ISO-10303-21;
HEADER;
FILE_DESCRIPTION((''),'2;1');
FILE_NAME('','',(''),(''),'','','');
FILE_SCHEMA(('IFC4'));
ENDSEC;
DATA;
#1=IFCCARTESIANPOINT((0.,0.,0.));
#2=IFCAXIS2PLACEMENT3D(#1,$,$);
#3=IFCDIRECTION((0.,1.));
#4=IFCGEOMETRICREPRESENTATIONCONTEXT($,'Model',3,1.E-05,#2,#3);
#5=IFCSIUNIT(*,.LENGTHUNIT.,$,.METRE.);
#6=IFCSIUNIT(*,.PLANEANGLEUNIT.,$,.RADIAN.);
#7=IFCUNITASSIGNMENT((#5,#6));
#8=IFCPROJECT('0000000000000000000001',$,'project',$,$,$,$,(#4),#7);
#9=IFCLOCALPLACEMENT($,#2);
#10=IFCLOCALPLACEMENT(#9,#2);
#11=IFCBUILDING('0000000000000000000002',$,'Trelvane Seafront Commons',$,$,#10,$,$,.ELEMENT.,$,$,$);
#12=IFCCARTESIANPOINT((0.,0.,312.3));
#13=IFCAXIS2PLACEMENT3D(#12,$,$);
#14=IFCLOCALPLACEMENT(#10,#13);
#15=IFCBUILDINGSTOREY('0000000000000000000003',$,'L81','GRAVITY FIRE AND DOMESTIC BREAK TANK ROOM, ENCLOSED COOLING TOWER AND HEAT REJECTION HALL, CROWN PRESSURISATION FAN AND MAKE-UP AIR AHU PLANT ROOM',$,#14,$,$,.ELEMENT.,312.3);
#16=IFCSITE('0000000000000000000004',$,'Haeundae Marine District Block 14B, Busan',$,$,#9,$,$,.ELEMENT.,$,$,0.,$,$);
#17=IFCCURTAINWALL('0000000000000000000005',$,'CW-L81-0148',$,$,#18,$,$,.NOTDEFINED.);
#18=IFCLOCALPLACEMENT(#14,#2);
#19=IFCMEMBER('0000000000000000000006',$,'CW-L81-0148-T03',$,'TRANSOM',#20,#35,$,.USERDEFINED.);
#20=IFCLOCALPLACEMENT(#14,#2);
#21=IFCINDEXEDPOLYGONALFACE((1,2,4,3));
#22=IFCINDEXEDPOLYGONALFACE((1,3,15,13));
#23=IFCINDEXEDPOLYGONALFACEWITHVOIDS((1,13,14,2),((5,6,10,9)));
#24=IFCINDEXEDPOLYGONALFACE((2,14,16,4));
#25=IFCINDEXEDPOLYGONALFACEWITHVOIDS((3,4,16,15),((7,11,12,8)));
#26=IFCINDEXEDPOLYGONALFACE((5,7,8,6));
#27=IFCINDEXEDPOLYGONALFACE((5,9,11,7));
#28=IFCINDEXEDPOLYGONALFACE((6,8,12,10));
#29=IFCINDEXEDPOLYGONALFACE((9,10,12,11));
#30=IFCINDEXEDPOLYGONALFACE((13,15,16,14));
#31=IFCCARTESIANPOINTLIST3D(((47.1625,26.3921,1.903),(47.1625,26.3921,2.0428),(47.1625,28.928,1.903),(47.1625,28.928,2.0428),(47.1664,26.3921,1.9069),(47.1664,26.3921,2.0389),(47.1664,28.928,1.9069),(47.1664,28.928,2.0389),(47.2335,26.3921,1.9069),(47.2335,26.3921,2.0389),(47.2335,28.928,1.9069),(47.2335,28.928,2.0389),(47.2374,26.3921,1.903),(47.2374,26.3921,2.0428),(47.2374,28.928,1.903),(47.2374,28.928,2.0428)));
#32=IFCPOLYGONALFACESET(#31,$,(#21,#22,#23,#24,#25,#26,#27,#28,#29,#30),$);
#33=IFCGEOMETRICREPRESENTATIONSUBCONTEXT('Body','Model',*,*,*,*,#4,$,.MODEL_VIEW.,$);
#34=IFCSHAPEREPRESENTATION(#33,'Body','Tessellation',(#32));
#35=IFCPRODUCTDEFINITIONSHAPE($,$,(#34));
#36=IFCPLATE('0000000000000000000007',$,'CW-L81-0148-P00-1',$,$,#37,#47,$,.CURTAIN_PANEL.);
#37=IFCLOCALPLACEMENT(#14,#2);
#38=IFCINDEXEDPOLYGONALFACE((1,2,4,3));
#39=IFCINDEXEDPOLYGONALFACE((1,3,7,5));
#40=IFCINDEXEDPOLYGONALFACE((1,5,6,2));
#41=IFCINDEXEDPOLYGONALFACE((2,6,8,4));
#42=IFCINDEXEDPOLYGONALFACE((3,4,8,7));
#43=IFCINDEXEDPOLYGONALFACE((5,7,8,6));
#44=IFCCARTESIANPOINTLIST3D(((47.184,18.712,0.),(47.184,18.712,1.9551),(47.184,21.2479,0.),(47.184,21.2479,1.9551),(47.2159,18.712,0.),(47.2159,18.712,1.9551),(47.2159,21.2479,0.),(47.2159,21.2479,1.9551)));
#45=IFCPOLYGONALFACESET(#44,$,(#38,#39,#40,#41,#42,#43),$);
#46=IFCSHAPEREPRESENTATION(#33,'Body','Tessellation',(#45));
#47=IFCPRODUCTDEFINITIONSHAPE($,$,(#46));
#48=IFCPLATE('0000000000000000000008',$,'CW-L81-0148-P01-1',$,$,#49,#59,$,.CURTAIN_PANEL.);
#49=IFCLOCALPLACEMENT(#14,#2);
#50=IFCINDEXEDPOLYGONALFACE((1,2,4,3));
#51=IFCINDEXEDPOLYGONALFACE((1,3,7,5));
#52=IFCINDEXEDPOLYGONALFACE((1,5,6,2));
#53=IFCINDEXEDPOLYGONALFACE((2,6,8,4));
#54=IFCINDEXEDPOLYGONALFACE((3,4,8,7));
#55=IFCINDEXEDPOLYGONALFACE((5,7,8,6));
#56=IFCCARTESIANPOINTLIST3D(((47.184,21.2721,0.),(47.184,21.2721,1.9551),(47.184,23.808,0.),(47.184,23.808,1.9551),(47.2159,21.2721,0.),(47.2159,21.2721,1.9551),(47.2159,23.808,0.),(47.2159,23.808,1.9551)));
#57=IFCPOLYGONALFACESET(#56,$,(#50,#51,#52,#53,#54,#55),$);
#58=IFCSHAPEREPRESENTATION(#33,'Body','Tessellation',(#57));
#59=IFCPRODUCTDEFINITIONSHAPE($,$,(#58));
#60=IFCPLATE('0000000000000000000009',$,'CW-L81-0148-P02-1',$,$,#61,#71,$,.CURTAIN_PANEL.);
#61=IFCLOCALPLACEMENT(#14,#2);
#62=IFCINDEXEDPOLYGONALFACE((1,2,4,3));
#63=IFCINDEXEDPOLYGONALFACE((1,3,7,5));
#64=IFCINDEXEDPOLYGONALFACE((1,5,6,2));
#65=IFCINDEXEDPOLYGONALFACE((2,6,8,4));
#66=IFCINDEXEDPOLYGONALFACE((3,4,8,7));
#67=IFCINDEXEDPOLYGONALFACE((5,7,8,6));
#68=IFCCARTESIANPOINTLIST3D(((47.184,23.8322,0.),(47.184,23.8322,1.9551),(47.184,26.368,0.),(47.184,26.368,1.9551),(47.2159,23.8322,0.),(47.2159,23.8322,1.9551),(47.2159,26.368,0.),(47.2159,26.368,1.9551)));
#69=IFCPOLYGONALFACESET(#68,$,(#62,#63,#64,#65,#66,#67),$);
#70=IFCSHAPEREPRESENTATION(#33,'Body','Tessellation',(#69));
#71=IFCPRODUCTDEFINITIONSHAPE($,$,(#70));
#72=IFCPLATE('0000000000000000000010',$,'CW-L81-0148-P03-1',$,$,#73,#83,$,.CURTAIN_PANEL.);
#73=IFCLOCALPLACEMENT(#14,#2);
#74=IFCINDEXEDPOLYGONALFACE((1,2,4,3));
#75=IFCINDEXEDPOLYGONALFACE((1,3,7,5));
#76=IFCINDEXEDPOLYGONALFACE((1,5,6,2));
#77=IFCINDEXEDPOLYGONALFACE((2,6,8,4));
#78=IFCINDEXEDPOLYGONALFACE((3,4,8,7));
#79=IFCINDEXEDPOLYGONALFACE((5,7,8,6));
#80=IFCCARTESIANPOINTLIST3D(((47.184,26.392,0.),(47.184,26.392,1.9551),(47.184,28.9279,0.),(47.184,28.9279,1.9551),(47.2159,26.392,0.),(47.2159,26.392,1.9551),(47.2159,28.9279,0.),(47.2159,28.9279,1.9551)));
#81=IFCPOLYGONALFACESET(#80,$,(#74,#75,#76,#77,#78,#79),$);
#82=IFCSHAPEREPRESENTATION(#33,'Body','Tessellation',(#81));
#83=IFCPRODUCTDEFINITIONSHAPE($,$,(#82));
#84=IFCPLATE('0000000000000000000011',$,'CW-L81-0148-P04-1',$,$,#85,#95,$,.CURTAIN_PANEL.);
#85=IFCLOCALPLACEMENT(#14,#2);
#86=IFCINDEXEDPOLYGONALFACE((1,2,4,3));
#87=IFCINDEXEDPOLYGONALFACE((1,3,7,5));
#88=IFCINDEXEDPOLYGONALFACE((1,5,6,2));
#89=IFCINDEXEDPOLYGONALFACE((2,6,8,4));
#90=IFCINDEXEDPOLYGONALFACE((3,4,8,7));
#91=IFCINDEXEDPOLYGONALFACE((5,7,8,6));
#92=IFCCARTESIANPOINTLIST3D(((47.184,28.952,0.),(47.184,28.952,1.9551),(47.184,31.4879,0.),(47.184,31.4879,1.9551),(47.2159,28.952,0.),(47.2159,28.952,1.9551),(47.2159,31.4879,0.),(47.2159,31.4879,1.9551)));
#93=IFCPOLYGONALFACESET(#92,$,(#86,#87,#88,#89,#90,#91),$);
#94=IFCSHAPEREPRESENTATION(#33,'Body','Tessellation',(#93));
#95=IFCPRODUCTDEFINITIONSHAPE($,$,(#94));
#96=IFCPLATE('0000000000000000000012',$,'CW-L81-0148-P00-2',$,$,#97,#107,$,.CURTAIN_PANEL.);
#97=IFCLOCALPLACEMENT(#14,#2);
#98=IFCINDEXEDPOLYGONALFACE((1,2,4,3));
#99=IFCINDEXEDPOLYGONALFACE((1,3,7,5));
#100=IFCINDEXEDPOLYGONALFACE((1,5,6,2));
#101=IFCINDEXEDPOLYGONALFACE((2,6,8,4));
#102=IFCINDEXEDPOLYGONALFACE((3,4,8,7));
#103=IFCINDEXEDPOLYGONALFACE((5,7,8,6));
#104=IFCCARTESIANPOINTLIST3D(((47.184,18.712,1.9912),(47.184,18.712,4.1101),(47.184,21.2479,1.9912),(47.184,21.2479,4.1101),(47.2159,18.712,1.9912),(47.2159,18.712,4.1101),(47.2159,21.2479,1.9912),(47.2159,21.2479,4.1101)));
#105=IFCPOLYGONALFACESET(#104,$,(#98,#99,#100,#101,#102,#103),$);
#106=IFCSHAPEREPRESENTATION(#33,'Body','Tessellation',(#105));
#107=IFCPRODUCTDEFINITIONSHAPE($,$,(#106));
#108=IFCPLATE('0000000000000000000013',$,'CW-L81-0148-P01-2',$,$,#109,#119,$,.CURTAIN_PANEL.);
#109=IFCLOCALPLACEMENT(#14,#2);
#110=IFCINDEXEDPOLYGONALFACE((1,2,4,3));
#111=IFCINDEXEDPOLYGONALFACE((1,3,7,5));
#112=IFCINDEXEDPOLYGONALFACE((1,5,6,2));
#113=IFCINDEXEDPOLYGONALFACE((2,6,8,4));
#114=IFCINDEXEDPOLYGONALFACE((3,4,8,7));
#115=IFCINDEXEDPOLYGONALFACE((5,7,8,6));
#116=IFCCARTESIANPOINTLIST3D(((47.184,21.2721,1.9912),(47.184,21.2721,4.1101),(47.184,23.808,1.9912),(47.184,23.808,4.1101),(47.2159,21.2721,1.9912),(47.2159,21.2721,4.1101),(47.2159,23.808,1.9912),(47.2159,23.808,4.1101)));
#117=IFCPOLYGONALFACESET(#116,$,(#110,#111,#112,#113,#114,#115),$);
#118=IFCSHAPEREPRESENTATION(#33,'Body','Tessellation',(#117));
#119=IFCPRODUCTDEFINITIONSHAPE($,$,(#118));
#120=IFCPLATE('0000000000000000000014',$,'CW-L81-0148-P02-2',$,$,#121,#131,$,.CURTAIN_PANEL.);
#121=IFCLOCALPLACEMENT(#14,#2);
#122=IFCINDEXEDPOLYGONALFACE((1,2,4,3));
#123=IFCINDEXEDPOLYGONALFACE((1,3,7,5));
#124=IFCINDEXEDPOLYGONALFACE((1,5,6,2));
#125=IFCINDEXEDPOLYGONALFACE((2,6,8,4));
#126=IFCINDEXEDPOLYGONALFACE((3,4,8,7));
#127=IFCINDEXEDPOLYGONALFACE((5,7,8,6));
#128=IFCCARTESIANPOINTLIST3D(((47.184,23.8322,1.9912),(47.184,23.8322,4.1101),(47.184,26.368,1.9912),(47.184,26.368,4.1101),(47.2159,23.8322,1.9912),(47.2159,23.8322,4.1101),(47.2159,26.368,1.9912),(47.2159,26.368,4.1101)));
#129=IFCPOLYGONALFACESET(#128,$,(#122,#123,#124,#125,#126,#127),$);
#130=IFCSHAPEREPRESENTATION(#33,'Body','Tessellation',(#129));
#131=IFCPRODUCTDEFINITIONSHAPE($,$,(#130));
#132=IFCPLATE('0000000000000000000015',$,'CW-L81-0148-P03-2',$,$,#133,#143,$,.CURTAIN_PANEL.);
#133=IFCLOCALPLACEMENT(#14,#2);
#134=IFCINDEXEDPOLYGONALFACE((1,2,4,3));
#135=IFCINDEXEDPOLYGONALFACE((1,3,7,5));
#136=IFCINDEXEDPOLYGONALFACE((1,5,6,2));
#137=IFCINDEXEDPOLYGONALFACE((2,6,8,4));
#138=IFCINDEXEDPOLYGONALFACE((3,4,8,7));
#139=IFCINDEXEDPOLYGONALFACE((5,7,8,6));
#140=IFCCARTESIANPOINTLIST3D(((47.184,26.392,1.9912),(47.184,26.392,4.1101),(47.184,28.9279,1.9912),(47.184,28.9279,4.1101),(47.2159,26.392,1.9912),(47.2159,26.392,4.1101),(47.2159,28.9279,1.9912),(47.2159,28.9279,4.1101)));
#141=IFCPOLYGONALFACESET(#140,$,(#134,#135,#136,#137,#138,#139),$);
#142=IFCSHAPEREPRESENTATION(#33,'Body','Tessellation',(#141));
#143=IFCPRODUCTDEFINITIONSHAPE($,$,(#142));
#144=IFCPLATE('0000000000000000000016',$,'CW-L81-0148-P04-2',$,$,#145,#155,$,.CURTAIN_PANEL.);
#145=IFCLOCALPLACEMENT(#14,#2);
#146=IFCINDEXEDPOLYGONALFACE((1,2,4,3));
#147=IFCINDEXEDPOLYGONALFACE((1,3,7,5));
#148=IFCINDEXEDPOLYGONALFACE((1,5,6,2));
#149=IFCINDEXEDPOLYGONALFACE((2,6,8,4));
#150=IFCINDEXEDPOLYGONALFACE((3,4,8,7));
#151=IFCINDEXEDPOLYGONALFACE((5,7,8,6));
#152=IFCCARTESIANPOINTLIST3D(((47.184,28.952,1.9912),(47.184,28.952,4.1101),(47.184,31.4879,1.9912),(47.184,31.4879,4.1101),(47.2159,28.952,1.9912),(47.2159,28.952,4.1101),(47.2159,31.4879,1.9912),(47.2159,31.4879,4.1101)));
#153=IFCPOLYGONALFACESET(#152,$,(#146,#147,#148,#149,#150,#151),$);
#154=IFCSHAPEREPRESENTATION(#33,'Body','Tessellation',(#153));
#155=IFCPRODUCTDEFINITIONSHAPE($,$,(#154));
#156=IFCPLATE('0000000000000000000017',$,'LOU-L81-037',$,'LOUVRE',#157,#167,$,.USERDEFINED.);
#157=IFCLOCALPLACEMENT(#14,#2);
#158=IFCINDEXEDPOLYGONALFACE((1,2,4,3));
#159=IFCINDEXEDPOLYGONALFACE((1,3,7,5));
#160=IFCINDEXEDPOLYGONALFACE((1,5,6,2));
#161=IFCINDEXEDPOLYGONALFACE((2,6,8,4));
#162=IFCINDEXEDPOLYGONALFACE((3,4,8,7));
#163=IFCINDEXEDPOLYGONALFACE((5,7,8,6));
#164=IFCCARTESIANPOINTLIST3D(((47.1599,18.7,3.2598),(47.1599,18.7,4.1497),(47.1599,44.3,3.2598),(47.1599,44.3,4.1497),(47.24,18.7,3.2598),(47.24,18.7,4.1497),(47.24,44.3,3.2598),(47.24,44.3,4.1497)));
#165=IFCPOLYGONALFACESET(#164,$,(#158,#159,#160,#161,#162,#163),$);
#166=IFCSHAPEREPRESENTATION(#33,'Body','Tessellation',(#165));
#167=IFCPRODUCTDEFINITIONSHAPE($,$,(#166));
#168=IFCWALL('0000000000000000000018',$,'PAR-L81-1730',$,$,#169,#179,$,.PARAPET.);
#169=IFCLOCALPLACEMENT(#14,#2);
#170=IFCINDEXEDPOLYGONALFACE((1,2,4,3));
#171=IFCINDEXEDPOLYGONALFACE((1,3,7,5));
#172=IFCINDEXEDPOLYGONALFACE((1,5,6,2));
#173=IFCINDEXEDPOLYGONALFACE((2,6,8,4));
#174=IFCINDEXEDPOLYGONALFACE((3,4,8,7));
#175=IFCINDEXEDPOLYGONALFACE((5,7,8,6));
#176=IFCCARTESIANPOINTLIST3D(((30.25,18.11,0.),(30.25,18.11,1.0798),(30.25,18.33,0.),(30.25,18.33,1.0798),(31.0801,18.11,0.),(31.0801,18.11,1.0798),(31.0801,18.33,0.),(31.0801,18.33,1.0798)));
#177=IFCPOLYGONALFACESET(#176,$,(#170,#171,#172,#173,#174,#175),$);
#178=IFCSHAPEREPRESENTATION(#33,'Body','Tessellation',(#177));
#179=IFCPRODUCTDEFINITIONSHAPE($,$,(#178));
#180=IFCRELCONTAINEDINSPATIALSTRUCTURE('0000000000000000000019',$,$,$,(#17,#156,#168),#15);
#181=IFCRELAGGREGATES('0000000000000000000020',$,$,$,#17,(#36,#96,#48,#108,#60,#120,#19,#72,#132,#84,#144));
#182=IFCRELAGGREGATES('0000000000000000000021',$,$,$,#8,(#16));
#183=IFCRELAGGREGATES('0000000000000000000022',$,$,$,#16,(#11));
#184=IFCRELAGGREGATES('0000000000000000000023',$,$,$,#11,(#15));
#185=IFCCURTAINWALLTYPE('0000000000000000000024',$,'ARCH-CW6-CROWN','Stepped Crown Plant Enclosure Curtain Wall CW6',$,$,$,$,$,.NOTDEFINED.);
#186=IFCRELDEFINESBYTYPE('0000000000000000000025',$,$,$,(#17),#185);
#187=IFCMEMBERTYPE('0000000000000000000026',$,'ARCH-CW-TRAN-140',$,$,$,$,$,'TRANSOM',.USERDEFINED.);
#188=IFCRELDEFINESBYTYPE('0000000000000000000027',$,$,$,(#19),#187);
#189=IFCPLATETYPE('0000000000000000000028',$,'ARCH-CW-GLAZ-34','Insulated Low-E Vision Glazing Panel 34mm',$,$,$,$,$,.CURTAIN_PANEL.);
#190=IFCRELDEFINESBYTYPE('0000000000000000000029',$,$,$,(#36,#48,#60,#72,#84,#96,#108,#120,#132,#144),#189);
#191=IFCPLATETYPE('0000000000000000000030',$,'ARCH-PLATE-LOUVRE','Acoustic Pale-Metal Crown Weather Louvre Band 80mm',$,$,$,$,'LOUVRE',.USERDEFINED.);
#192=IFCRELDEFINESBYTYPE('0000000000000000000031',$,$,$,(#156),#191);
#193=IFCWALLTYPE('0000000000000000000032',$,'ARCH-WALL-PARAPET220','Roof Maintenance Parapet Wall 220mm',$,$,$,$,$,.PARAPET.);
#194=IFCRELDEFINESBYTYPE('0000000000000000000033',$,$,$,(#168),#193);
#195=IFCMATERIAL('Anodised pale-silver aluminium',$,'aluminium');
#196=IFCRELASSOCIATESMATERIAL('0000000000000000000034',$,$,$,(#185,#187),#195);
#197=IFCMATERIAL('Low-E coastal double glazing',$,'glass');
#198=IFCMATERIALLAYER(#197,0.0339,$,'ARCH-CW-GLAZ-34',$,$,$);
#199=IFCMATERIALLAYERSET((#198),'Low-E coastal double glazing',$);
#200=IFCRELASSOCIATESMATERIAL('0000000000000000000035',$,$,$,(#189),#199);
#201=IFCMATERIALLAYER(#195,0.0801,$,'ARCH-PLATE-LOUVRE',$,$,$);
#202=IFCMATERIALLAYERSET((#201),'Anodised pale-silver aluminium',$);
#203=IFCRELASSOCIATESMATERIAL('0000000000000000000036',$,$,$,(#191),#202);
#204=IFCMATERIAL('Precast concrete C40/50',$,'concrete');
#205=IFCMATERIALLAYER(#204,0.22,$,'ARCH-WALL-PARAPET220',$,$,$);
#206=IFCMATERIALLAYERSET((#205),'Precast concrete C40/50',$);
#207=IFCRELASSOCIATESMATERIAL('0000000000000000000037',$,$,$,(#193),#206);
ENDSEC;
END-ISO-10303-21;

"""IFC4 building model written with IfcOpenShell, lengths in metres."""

from ifc_helpers import new_model, si_unit, direction, frame, frame_2d, origin, origin_2d, place, context, subcontext, project, spatial, rectangle, hollow_rectangle, extrude, source, transform, mapped, material, layer, layer_set, material_profile, profile_set, type_object, element, aggregate, save


model = new_model("IFC4")

# Units and contexts
model_context = context("Model", 3, precision=1e-05, world=origin(), true_north=direction((0.0, 1.0)))
body_context = subcontext(model_context, "Body", "Model", "MODEL_VIEW")
ifc_project = project(units=[si_unit("LENGTHUNIT", "METRE"), si_unit("PLANEANGLEUNIT", "RADIAN")], contexts=[model_context])

# Site, building, storey
site_placement = place(None, origin())
site = spatial("IfcSite", under=ifc_project, at=site_placement, Name="Haeundae Marine District Block 14B, Busan", CompositionType="ELEMENT", RefElevation=0.0)
building_placement = place(site_placement, origin())
building = spatial("IfcBuilding", under=site, at=building_placement, Name="Trelvane Seafront Commons", CompositionType="ELEMENT")
storey_placement = place(building_placement, frame((0.0, 0.0, 312.3)))
storey = spatial("IfcBuildingStorey", under=building, at=storey_placement, Name="L81", Description="GRAVITY FIRE AND DOMESTIC BREAK TANK ROOM, ENCLOSED COOLING TOWER AND HEAT REJECTION HALL, CROWN PRESSURISATION FAN AND MAKE-UP AIR AHU PLANT ROOM", CompositionType="ELEMENT", Elevation=312.3)

# Curtain wall, member, plates
ifc_material_1 = material(Name="Anodised pale-silver aluminium", Category="aluminium")
curtain_wall_type = type_object("IfcCurtainWallType", Name="ARCH-CW6-CROWN", Description="Stepped Crown Plant Enclosure Curtain Wall CW6", PredefinedType="NOTDEFINED", material=ifc_material_1)
curtain_wall_placement = place(storey_placement, origin())
curtain_wall = element("IfcCurtainWall", 1, at=curtain_wall_placement, inside=storey, type_object=curtain_wall_type, Name="CW-L81-0148", PredefinedType="NOTDEFINED")
ifc_material_profile_1 = material_profile(ifc_material_1, hollow_rectangle(XDim=0.075, YDim=0.1399, WallThickness=0.0039, at=origin_2d()), Name="TRAN-75x140x4")
ifc_profile_set_1 = profile_set([ifc_material_profile_1], Name="Anodised pale-silver aluminium")
member_type_1 = type_object("IfcMemberType", Name="ARCH-CW-TRAN-140", ElementType="TRANSOM", PredefinedType="USERDEFINED", material=ifc_profile_set_1)
shared_shape_1 = source(origin(), body_context, "Body", "SweptSolid", [
    extrude(hollow_rectangle(XDim=0.075, YDim=0.1399, WallThickness=0.0039, at=origin_2d()), origin(), (0.0, 0.0, 1.0), 2.5359),
])
member_1_placement = place(storey_placement, frame((47.2, 26.3921, 1.9729), z_axis=(0.0, 1.0, 0.0), x_axis=(-1.0, 0.0, 0.0)))
member_1 = element("IfcMember", 2, at=member_1_placement, type_object=member_type_1, Name="CW-L81-0148-T03", ObjectType="TRANSOM", PredefinedType="USERDEFINED", context=body_context, shape_type="MappedRepresentation", body=[
    mapped(shared_shape_1, transform((0.0, 0.0, 0.0), x_axis=(1.0, 0.0, 0.0), y_axis=(0.0, 1.0, 0.0), z_axis=(0.0, 0.0, 1.0), scale=1.0)),
])
ifc_material_2 = material(Name="Low-E coastal double glazing", Category="glass")
ifc_layer_1 = layer(ifc_material_2, 0.0339, Name="ARCH-CW-GLAZ-34")
ifc_layer_set_1 = layer_set([ifc_layer_1], Name="Low-E coastal double glazing")
plate_type_1 = type_object("IfcPlateType", Name="ARCH-CW-GLAZ-34", Description="Insulated Low-E Vision Glazing Panel 34mm", PredefinedType="CURTAIN_PANEL", material=ifc_layer_set_1)
shared_shape_2 = source(origin(), body_context, "Body", "SweptSolid", [
    extrude(rectangle(XDim=2.5359, YDim=0.032, at=origin_2d()), origin(), (0.0, 0.0, 1.0), 1.9551),
])
plate_1_placement = place(storey_placement, frame((47.2, 19.98, 0.0), z_axis=(0.0, 0.0, 1.0), x_axis=(0.0, 1.0, 0.0)))
plate_1 = element("IfcPlate", 3, at=plate_1_placement, type_object=plate_type_1, Name="CW-L81-0148-P00-1", PredefinedType="CURTAIN_PANEL", context=body_context, shape_type="MappedRepresentation", body=[
    mapped(shared_shape_2, transform((0.0, 0.0, 0.0), x_axis=(1.0, 0.0, 0.0), y_axis=(0.0, 1.0, 0.0), z_axis=(0.0, 0.0, 1.0), scale=1.0)),
])
plate_2_placement = place(storey_placement, frame((47.2, 22.54, 0.0), z_axis=(0.0, 0.0, 1.0), x_axis=(0.0, 1.0, 0.0)))
plate_2 = element("IfcPlate", 4, at=plate_2_placement, type_object=plate_type_1, Name="CW-L81-0148-P01-1", PredefinedType="CURTAIN_PANEL", context=body_context, shape_type="MappedRepresentation", body=[
    mapped(shared_shape_2, transform((0.0, 0.0, 0.0), x_axis=(1.0, 0.0, 0.0), y_axis=(0.0, 1.0, 0.0), z_axis=(0.0, 0.0, 1.0), scale=1.0)),
])
plate_3_placement = place(storey_placement, frame((47.2, 25.1001, 0.0), z_axis=(0.0, 0.0, 1.0), x_axis=(0.0, 1.0, 0.0)))
plate_3 = element("IfcPlate", 5, at=plate_3_placement, type_object=plate_type_1, Name="CW-L81-0148-P02-1", PredefinedType="CURTAIN_PANEL", context=body_context, shape_type="MappedRepresentation", body=[
    mapped(shared_shape_2, transform((0.0, 0.0, 0.0), x_axis=(1.0, 0.0, 0.0), y_axis=(0.0, 1.0, 0.0), z_axis=(0.0, 0.0, 1.0), scale=1.0)),
])
plate_4_placement = place(storey_placement, frame((47.2, 27.6599, 0.0), z_axis=(0.0, 0.0, 1.0), x_axis=(0.0, 1.0, 0.0)))
plate_4 = element("IfcPlate", 6, at=plate_4_placement, type_object=plate_type_1, Name="CW-L81-0148-P03-1", PredefinedType="CURTAIN_PANEL", context=body_context, shape_type="MappedRepresentation", body=[
    mapped(shared_shape_2, transform((0.0, 0.0, 0.0), x_axis=(1.0, 0.0, 0.0), y_axis=(0.0, 1.0, 0.0), z_axis=(0.0, 0.0, 1.0), scale=1.0)),
])
plate_5_placement = place(storey_placement, frame((47.2, 30.22, 0.0), z_axis=(0.0, 0.0, 1.0), x_axis=(0.0, 1.0, 0.0)))
plate_5 = element("IfcPlate", 7, at=plate_5_placement, type_object=plate_type_1, Name="CW-L81-0148-P04-1", PredefinedType="CURTAIN_PANEL", context=body_context, shape_type="MappedRepresentation", body=[
    mapped(shared_shape_2, transform((0.0, 0.0, 0.0), x_axis=(1.0, 0.0, 0.0), y_axis=(0.0, 1.0, 0.0), z_axis=(0.0, 0.0, 1.0), scale=1.0)),
])
shared_shape_3 = source(origin(), body_context, "Body", "SweptSolid", [
    extrude(rectangle(XDim=2.5359, YDim=0.032, at=origin_2d()), origin(), (0.0, 0.0, 1.0), 2.1189),
])
plate_6_placement = place(storey_placement, frame((47.2, 19.98, 1.9912), z_axis=(0.0, 0.0, 1.0), x_axis=(0.0, 1.0, 0.0)))
plate_6 = element("IfcPlate", 8, at=plate_6_placement, type_object=plate_type_1, Name="CW-L81-0148-P00-2", PredefinedType="CURTAIN_PANEL", context=body_context, shape_type="MappedRepresentation", body=[
    mapped(shared_shape_3, transform((0.0, 0.0, 0.0), x_axis=(1.0, 0.0, 0.0), y_axis=(0.0, 1.0, 0.0), z_axis=(0.0, 0.0, 1.0), scale=1.0)),
])
plate_7_placement = place(storey_placement, frame((47.2, 22.54, 1.9912), z_axis=(0.0, 0.0, 1.0), x_axis=(0.0, 1.0, 0.0)))
plate_7 = element("IfcPlate", 9, at=plate_7_placement, type_object=plate_type_1, Name="CW-L81-0148-P01-2", PredefinedType="CURTAIN_PANEL", context=body_context, shape_type="MappedRepresentation", body=[
    mapped(shared_shape_3, transform((0.0, 0.0, 0.0), x_axis=(1.0, 0.0, 0.0), y_axis=(0.0, 1.0, 0.0), z_axis=(0.0, 0.0, 1.0), scale=1.0)),
])
plate_8_placement = place(storey_placement, frame((47.2, 25.1001, 1.9912), z_axis=(0.0, 0.0, 1.0), x_axis=(0.0, 1.0, 0.0)))
plate_8 = element("IfcPlate", 10, at=plate_8_placement, type_object=plate_type_1, Name="CW-L81-0148-P02-2", PredefinedType="CURTAIN_PANEL", context=body_context, shape_type="MappedRepresentation", body=[
    mapped(shared_shape_3, transform((0.0, 0.0, 0.0), x_axis=(1.0, 0.0, 0.0), y_axis=(0.0, 1.0, 0.0), z_axis=(0.0, 0.0, 1.0), scale=1.0)),
])
plate_9_placement = place(storey_placement, frame((47.2, 27.6599, 1.9912), z_axis=(0.0, 0.0, 1.0), x_axis=(0.0, 1.0, 0.0)))
plate_9 = element("IfcPlate", 11, at=plate_9_placement, type_object=plate_type_1, Name="CW-L81-0148-P03-2", PredefinedType="CURTAIN_PANEL", context=body_context, shape_type="MappedRepresentation", body=[
    mapped(shared_shape_3, transform((0.0, 0.0, 0.0), x_axis=(1.0, 0.0, 0.0), y_axis=(0.0, 1.0, 0.0), z_axis=(0.0, 0.0, 1.0), scale=1.0)),
])
plate_10_placement = place(storey_placement, frame((47.2, 30.22, 1.9912), z_axis=(0.0, 0.0, 1.0), x_axis=(0.0, 1.0, 0.0)))
plate_10 = element("IfcPlate", 12, at=plate_10_placement, type_object=plate_type_1, Name="CW-L81-0148-P04-2", PredefinedType="CURTAIN_PANEL", context=body_context, shape_type="MappedRepresentation", body=[
    mapped(shared_shape_3, transform((0.0, 0.0, 0.0), x_axis=(1.0, 0.0, 0.0), y_axis=(0.0, 1.0, 0.0), z_axis=(0.0, 0.0, 1.0), scale=1.0)),
])
aggregate(curtain_wall, [plate_1, plate_6, plate_2, plate_7, plate_3, plate_8, member_1, plate_4, plate_9, plate_5, plate_10])

# Plate
ifc_layer_2 = layer(ifc_material_1, 0.0801, Name="ARCH-PLATE-LOUVRE")
ifc_layer_set_2 = layer_set([ifc_layer_2], Name="Anodised pale-silver aluminium")
plate_type_2 = type_object("IfcPlateType", Name="ARCH-PLATE-LOUVRE", Description="Acoustic Pale-Metal Crown Weather Louvre Band 80mm", ElementType="LOUVRE", PredefinedType="USERDEFINED", material=ifc_layer_set_2)
shared_shape_4 = source(origin(), body_context, "Body", "SweptSolid", [
    extrude(rectangle(XDim=25.6001, YDim=0.0801, at=origin_2d()), origin(), (0.0, 0.0, 1.0), 0.8899),
])
plate_11_placement = place(storey_placement, frame((47.2, 31.5, 3.2598), z_axis=(0.0, 0.0, 1.0), x_axis=(0.0, 1.0, 0.0)))
element("IfcPlate", 13, at=plate_11_placement, inside=storey, type_object=plate_type_2, Name="LOU-L81-037", ObjectType="LOUVRE", PredefinedType="USERDEFINED", context=body_context, shape_type="MappedRepresentation", body=[
    mapped(shared_shape_4, transform((0.0, 0.0, 0.0), x_axis=(1.0, 0.0, 0.0), y_axis=(0.0, 1.0, 0.0), z_axis=(0.0, 0.0, 1.0), scale=1.0)),
])

# Wall
ifc_material_3 = material(Name="Precast concrete C40/50", Category="concrete")
ifc_layer_3 = layer(ifc_material_3, 0.22, Name="ARCH-WALL-PARAPET220")
ifc_layer_set_3 = layer_set([ifc_layer_3], Name="Precast concrete C40/50")
wall_type = type_object("IfcWallType", Name="ARCH-WALL-PARAPET220", Description="Roof Maintenance Parapet Wall 220mm", PredefinedType="PARAPET", material=ifc_layer_set_3)
for number, where, z_axis, x_axis, name in (
    (14, (31.0801, 18.22, 0.0), (0.0, 0.0, 1.0), (-1.0, 0.0, 0.0), "PAR-L81-1730"),
):
    element("IfcWall", number, at=place(storey_placement, frame(where, z_axis=z_axis, x_axis=x_axis)), inside=storey, type_object=wall_type, Name=name, PredefinedType="PARAPET", context=body_context, shape_type="SweptSolid", body=[
        extrude(rectangle(XDim=0.8301, YDim=0.22, at=frame_2d((0.415, 0.0))), origin(), (0.0, 0.0, 1.0), 1.0798),
    ])

save(model, "model.ifc")
